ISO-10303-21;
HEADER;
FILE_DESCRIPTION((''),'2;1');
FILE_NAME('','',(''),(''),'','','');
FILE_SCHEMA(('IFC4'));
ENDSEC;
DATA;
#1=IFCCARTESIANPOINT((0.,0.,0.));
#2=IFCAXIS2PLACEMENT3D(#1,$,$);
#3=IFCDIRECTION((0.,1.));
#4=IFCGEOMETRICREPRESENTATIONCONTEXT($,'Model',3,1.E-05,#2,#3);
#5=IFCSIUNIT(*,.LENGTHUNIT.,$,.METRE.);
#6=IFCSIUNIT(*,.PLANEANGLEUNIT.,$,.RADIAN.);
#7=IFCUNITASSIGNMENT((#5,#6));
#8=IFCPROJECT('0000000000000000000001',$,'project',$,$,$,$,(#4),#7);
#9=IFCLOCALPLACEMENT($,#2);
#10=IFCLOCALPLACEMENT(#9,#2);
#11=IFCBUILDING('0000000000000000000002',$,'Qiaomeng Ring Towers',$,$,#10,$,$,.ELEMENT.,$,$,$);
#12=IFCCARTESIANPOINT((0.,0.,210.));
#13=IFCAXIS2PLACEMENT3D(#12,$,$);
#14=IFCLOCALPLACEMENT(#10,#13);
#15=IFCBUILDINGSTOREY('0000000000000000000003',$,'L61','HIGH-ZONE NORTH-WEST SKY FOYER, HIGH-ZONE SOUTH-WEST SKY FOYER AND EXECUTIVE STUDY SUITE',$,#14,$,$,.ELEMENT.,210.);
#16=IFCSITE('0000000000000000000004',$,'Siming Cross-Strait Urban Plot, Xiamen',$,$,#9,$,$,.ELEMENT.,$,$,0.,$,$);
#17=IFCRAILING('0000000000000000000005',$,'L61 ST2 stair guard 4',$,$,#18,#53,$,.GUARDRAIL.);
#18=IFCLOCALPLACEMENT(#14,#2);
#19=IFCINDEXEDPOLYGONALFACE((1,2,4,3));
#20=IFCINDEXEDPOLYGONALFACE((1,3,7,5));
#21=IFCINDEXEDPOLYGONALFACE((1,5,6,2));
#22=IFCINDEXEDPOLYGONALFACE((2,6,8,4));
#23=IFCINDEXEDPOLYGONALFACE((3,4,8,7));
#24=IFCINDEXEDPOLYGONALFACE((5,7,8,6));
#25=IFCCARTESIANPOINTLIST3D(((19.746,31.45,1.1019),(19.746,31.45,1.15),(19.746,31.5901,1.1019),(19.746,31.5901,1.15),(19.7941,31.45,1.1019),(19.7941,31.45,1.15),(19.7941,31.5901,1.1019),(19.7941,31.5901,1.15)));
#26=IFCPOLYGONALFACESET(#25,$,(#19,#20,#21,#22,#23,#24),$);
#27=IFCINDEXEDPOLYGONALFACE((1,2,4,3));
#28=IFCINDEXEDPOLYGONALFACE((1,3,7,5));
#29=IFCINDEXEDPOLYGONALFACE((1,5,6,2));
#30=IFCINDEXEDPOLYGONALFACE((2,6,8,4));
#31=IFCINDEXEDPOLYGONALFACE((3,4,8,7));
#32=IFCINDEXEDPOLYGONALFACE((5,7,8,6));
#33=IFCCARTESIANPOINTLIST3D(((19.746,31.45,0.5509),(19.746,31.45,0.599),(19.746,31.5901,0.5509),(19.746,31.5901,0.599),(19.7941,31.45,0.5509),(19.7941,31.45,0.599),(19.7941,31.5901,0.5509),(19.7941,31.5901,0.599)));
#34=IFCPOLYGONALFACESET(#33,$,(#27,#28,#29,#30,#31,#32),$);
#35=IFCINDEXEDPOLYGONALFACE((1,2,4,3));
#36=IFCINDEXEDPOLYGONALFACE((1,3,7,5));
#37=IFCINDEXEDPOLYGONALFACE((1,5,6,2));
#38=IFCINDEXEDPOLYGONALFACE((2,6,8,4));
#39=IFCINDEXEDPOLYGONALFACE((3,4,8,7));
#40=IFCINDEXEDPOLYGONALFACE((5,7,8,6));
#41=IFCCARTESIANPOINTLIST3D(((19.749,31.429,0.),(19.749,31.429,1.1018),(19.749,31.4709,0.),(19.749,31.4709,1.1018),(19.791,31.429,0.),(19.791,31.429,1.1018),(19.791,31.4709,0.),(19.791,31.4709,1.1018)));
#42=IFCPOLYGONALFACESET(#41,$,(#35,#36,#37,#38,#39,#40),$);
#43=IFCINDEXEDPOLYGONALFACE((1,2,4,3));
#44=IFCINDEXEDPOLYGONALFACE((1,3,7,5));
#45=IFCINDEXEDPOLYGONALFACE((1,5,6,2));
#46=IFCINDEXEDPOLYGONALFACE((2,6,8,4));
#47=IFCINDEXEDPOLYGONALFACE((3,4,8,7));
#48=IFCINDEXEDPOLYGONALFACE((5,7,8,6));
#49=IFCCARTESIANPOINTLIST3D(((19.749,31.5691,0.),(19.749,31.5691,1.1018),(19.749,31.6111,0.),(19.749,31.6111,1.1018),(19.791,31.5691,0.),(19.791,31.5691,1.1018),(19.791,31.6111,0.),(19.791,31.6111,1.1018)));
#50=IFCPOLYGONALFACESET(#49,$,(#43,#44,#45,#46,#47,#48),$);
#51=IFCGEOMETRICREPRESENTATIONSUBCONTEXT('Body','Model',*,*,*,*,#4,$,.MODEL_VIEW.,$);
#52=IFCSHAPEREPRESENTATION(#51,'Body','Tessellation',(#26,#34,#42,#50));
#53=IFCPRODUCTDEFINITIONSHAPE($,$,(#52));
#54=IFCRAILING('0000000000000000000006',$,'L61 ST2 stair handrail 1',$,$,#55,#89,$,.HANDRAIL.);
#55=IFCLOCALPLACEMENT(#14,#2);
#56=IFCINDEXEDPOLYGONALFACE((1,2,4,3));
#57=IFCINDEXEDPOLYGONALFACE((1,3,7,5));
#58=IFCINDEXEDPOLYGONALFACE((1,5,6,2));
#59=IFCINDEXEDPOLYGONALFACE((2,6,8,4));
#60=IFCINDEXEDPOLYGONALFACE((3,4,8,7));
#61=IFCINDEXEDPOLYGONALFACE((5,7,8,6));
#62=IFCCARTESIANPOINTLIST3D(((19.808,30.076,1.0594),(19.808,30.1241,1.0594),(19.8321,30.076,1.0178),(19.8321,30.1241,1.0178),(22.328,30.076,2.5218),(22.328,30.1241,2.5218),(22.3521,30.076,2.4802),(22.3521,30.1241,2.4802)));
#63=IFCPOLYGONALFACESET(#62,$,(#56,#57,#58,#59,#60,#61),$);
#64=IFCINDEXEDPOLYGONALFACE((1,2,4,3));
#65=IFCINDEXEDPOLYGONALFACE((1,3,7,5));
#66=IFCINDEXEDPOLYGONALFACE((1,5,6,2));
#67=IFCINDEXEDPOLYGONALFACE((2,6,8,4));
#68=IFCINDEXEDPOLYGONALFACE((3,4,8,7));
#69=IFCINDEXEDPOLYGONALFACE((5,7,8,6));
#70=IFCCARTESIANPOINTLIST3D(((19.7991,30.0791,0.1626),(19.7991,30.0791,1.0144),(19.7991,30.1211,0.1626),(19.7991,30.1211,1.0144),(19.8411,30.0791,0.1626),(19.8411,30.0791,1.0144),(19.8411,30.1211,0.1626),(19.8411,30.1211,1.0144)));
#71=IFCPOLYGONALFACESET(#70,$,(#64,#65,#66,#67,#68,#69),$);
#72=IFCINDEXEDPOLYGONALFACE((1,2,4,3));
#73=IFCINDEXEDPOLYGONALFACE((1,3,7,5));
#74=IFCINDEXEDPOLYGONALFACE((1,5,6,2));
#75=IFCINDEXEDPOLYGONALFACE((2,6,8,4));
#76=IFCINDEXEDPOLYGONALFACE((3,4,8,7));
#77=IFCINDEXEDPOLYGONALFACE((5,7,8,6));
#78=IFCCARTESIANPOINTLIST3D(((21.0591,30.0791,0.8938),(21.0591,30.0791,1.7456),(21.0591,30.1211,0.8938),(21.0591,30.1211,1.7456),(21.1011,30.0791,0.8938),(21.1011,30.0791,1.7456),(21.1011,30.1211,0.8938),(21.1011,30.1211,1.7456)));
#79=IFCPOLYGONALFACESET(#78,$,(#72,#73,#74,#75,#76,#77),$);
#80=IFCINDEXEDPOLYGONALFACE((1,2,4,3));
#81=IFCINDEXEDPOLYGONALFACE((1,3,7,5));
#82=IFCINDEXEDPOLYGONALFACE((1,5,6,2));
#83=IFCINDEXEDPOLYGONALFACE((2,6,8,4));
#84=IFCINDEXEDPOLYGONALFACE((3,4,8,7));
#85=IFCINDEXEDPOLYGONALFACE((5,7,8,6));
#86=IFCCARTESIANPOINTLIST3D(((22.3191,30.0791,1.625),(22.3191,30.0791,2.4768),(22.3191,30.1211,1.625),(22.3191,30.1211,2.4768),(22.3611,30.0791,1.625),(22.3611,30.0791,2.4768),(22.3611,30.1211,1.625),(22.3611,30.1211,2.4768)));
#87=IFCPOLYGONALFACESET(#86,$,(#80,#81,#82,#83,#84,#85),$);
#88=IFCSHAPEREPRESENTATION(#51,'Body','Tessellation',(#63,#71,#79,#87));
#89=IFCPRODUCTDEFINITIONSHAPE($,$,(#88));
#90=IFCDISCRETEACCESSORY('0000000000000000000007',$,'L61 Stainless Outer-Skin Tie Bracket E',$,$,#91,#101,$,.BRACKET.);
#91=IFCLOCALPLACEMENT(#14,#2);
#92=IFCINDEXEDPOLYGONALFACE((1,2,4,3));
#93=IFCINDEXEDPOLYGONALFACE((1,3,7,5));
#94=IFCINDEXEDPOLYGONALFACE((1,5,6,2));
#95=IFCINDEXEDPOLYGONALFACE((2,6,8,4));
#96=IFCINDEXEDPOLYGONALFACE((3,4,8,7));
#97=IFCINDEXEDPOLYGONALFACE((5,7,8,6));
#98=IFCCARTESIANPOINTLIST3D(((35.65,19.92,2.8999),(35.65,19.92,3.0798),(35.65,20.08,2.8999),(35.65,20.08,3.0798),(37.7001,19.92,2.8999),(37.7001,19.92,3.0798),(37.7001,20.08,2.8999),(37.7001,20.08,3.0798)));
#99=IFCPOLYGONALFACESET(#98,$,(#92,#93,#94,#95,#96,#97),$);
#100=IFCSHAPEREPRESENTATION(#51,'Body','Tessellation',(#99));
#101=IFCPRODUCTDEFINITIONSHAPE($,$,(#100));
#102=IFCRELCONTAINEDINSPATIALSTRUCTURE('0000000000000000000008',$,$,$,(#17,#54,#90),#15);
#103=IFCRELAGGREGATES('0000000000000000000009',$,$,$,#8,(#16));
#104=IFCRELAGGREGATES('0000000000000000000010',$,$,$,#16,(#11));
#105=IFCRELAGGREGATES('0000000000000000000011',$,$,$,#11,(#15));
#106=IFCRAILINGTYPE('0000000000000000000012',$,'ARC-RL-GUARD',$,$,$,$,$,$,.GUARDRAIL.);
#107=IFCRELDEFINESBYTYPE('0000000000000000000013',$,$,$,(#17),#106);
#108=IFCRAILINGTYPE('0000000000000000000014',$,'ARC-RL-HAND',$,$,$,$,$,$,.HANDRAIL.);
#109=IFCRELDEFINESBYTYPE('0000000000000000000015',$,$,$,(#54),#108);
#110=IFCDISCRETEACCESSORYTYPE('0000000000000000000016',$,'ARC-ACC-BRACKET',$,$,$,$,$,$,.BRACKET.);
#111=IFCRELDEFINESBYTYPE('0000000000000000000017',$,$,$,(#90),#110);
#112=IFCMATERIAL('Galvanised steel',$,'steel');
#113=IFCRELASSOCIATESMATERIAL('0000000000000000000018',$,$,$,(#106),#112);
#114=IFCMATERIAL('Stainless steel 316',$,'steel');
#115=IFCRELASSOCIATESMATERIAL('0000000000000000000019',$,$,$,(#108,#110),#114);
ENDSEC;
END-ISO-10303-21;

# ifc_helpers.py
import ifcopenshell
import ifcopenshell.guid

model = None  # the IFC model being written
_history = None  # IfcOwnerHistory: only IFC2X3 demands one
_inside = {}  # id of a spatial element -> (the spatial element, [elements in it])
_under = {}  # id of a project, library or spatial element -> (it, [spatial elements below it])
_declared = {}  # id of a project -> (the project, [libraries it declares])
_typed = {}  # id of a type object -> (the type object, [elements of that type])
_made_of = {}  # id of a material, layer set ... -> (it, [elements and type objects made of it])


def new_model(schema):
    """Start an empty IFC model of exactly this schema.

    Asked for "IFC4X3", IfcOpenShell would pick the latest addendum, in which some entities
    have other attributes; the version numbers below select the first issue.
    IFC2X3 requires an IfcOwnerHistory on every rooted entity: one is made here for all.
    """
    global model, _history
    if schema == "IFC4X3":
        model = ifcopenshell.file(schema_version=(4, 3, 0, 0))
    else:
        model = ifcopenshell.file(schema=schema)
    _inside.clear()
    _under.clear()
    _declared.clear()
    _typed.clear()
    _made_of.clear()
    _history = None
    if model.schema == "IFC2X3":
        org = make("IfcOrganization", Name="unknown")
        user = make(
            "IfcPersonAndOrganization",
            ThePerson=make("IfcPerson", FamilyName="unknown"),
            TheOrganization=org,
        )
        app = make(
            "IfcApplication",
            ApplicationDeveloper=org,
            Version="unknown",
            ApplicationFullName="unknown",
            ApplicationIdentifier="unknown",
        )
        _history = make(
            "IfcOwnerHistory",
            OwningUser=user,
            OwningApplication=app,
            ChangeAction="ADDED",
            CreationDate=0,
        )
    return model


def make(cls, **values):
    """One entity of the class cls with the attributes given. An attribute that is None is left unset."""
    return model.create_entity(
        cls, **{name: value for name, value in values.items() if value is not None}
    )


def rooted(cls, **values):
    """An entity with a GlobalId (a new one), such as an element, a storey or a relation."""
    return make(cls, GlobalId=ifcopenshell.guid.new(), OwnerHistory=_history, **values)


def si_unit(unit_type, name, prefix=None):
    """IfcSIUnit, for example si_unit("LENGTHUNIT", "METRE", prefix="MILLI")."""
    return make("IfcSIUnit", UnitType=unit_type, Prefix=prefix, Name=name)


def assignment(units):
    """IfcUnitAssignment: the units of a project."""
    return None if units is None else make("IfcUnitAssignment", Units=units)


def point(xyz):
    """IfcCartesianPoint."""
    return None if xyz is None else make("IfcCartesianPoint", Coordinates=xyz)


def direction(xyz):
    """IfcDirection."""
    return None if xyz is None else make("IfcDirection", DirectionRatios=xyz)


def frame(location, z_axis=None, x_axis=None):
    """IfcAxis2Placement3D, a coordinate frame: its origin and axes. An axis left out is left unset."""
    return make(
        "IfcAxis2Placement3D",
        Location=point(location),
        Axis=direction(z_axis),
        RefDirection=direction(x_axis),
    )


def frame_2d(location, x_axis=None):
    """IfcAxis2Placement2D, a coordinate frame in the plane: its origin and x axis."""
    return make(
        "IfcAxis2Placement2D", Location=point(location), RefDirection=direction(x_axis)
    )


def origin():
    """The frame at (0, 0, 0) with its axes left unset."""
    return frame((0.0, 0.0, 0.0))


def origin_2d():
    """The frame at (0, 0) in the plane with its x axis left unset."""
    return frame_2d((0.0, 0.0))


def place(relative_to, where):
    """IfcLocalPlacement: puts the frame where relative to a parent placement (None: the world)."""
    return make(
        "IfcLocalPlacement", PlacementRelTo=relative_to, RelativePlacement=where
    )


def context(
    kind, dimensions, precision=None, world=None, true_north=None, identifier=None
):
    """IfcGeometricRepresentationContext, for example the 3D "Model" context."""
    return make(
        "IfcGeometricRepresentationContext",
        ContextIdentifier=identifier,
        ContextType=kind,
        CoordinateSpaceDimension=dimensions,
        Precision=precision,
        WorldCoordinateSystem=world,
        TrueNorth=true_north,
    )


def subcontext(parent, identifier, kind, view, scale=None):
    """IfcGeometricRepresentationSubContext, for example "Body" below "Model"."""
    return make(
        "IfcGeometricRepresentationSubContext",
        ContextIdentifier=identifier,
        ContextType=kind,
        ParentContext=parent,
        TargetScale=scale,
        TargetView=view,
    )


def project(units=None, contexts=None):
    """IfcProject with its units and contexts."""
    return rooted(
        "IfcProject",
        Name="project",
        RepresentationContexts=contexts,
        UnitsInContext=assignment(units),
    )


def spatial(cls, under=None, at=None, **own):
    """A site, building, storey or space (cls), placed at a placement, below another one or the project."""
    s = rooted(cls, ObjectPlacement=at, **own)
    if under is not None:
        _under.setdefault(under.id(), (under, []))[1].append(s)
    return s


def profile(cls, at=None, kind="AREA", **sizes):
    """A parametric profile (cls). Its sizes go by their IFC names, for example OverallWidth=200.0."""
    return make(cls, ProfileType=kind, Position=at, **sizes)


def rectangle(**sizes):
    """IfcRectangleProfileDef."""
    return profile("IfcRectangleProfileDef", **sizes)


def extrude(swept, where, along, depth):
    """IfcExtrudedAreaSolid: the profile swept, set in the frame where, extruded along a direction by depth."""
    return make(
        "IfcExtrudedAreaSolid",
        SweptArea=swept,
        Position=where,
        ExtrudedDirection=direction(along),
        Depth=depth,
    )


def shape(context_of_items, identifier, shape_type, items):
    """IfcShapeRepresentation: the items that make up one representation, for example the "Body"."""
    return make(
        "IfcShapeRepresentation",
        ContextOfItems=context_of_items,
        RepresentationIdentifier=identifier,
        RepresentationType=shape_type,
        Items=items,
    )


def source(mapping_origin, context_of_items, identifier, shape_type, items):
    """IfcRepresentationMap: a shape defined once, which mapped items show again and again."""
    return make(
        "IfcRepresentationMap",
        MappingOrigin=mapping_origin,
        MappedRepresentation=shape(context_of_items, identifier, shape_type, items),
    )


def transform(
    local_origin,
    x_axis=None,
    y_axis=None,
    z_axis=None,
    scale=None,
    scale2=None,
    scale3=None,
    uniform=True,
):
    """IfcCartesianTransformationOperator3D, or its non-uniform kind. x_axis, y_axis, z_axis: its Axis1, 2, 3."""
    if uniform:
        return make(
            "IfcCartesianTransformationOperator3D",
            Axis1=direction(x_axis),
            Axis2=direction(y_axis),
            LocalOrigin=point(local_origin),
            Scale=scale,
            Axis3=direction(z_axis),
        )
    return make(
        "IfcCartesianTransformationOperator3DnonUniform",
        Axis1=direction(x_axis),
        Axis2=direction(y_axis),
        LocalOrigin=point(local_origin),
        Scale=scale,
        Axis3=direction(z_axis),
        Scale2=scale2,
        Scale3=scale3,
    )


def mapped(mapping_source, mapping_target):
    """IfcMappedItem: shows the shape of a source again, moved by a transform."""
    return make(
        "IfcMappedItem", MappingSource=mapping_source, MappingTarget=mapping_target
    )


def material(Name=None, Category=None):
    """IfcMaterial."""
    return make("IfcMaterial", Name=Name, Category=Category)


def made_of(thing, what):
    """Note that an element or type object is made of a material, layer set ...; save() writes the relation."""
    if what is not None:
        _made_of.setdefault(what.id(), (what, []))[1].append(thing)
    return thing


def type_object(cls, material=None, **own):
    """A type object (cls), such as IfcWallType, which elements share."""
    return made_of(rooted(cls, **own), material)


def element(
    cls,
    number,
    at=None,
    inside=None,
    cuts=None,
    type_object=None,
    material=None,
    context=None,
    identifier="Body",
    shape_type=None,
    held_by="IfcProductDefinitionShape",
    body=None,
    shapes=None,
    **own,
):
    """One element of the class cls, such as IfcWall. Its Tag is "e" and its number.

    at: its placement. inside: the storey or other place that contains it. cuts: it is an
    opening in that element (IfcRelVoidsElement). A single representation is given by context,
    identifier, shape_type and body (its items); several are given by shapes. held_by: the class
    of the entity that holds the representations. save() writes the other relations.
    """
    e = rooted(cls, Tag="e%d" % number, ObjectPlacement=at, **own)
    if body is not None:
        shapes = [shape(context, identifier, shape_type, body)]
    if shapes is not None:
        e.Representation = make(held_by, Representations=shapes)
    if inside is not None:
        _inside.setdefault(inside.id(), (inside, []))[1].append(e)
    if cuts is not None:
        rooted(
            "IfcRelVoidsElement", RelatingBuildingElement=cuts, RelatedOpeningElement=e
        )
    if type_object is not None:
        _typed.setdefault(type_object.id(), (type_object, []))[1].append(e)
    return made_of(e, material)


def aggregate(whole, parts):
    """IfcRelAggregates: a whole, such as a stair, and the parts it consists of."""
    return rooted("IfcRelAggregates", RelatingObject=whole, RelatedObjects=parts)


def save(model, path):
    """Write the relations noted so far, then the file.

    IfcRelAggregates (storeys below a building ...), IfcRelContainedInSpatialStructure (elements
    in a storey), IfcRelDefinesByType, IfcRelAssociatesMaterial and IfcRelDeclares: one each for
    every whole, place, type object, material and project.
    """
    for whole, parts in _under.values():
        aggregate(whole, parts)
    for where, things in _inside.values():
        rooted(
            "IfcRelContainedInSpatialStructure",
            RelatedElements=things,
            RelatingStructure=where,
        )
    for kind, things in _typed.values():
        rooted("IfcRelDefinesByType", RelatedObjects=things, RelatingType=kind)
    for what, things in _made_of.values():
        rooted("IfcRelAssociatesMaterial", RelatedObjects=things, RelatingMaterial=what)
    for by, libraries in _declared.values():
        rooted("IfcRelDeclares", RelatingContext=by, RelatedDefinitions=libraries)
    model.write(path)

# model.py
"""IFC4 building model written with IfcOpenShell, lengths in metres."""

from ifc_helpers import new_model, si_unit, direction, frame, origin, origin_2d, place, context, subcontext, project, spatial, rectangle, extrude, source, transform, mapped, material, type_object, element, save


model = new_model("IFC4")

# Units and contexts
model_context = context("Model", 3, precision=1e-05, world=origin(), true_north=direction((0.0, 1.0)))
body_context = subcontext(model_context, "Body", "Model", "MODEL_VIEW")
ifc_project = project(units=[si_unit("LENGTHUNIT", "METRE"), si_unit("PLANEANGLEUNIT", "RADIAN")], contexts=[model_context])

# Site, building, storey
site_placement = place(None, origin())
site = spatial("IfcSite", under=ifc_project, at=site_placement, Name="Siming Cross-Strait Urban Plot, Xiamen", CompositionType="ELEMENT", RefElevation=0.0)
building_placement = place(site_placement, origin())
building = spatial("IfcBuilding", under=site, at=building_placement, Name="Qiaomeng Ring Towers", CompositionType="ELEMENT")
storey_placement = place(building_placement, frame((0.0, 0.0, 210.0)))
storey = spatial("IfcBuildingStorey", under=building, at=storey_placement, Name="L61", Description="HIGH-ZONE NORTH-WEST SKY FOYER, HIGH-ZONE SOUTH-WEST SKY FOYER AND EXECUTIVE STUDY SUITE", CompositionType="ELEMENT", Elevation=210.0)

# Shared definitions
ifc_material_1 = material(Name="Stainless steel 316", Category="steel")

# Shared definitions
ifc_material_2 = material(Name="Galvanised steel", Category="steel")

# Railings
railing_type_1 = type_object("IfcRailingType", Name="ARC-RL-GUARD", PredefinedType="GUARDRAIL", material=ifc_material_2)
railing_1_placement = place(storey_placement, frame((19.77, 31.45, 0.0)))
element("IfcRailing", 1, at=railing_1_placement, inside=storey, type_object=railing_type_1, Name="L61 ST2 stair guard 4", PredefinedType="GUARDRAIL", context=body_context, shape_type="SweptSolid", body=[
    extrude(rectangle(XDim=0.0481, YDim=0.0481, at=origin_2d()), frame((0.0, 0.0, 1.126), z_axis=(0.0, 1.0, 0.0), x_axis=(-1.0, 0.0, 0.0)), (0.0, 0.0, 1.0), 0.1401),
    extrude(rectangle(XDim=0.0481, YDim=0.0481, at=origin_2d()), frame((0.0, 0.0, 0.575), z_axis=(0.0, 1.0, 0.0), x_axis=(-1.0, 0.0, 0.0)), (0.0, 0.0, 1.0), 0.1401),
    extrude(rectangle(XDim=0.042, YDim=0.042, at=origin_2d()), origin(), (0.0, 0.0, 1.0), 1.1018),
    extrude(rectangle(XDim=0.042, YDim=0.042, at=origin_2d()), frame((0.0, 0.1401, 0.0)), (0.0, 0.0, 1.0), 1.1018),
])
railing_type_2 = type_object("IfcRailingType", Name="ARC-RL-HAND", PredefinedType="HANDRAIL", material=ifc_material_1)
railing_2_placement = place(storey_placement, frame((19.8201, 30.1001, 0.1626)))
element("IfcRailing", 2, at=railing_2_placement, inside=storey, type_object=railing_type_2, Name="L61 ST2 stair handrail 1", PredefinedType="HANDRAIL", context=body_context, shape_type="SweptSolid", body=[
    extrude(rectangle(XDim=0.0481, YDim=0.0481, at=origin_2d()), frame((0.0, 0.0, 0.876), z_axis=(0.864913, 0.0, 0.501921), x_axis=(0.0, 1.0, 0.0)), (0.0, 0.0, 1.0), 2.9136),
    extrude(rectangle(XDim=0.042, YDim=0.042, at=origin_2d()), origin(), (0.0, 0.0, 1.0), 0.8518),
    extrude(rectangle(XDim=0.042, YDim=0.042, at=origin_2d()), frame((1.26, 0.0, 0.7312)), (0.0, 0.0, 1.0), 0.8518),
    extrude(rectangle(XDim=0.042, YDim=0.042, at=origin_2d()), frame((2.52, 0.0, 1.4624)), (0.0, 0.0, 1.0), 0.8518),
])

# Discrete accessory
discrete_accessory_type = type_object("IfcDiscreteAccessoryType", Name="ARC-ACC-BRACKET", PredefinedType="BRACKET", material=ifc_material_1)
shared_shape_1 = source(origin(), body_context, "Body", "SweptSolid", [
    extrude(rectangle(XDim=2.05, YDim=0.1599, at=origin_2d()), origin(), (0.0, 0.0, 1.0), 0.1799),
])
discrete_accessory_placement = place(storey_placement, frame((36.675, 20.0, 2.8999), z_axis=(0.0, 0.0, 1.0), x_axis=(1.0, 0.0, 0.0)))
element("IfcDiscreteAccessory", 3, at=discrete_accessory_placement, inside=storey, type_object=discrete_accessory_type, Name="L61 Stainless Outer-Skin Tie Bracket E", PredefinedType="BRACKET", context=body_context, shape_type="MappedRepresentation", body=[
    mapped(shared_shape_1, transform((0.0, 0.0, 0.0), x_axis=(1.0, 0.0, 0.0), y_axis=(0.0, 1.0, 0.0), z_axis=(0.0, 0.0, 1.0), scale=1.0)),
])

save(model, "model.ifc")
